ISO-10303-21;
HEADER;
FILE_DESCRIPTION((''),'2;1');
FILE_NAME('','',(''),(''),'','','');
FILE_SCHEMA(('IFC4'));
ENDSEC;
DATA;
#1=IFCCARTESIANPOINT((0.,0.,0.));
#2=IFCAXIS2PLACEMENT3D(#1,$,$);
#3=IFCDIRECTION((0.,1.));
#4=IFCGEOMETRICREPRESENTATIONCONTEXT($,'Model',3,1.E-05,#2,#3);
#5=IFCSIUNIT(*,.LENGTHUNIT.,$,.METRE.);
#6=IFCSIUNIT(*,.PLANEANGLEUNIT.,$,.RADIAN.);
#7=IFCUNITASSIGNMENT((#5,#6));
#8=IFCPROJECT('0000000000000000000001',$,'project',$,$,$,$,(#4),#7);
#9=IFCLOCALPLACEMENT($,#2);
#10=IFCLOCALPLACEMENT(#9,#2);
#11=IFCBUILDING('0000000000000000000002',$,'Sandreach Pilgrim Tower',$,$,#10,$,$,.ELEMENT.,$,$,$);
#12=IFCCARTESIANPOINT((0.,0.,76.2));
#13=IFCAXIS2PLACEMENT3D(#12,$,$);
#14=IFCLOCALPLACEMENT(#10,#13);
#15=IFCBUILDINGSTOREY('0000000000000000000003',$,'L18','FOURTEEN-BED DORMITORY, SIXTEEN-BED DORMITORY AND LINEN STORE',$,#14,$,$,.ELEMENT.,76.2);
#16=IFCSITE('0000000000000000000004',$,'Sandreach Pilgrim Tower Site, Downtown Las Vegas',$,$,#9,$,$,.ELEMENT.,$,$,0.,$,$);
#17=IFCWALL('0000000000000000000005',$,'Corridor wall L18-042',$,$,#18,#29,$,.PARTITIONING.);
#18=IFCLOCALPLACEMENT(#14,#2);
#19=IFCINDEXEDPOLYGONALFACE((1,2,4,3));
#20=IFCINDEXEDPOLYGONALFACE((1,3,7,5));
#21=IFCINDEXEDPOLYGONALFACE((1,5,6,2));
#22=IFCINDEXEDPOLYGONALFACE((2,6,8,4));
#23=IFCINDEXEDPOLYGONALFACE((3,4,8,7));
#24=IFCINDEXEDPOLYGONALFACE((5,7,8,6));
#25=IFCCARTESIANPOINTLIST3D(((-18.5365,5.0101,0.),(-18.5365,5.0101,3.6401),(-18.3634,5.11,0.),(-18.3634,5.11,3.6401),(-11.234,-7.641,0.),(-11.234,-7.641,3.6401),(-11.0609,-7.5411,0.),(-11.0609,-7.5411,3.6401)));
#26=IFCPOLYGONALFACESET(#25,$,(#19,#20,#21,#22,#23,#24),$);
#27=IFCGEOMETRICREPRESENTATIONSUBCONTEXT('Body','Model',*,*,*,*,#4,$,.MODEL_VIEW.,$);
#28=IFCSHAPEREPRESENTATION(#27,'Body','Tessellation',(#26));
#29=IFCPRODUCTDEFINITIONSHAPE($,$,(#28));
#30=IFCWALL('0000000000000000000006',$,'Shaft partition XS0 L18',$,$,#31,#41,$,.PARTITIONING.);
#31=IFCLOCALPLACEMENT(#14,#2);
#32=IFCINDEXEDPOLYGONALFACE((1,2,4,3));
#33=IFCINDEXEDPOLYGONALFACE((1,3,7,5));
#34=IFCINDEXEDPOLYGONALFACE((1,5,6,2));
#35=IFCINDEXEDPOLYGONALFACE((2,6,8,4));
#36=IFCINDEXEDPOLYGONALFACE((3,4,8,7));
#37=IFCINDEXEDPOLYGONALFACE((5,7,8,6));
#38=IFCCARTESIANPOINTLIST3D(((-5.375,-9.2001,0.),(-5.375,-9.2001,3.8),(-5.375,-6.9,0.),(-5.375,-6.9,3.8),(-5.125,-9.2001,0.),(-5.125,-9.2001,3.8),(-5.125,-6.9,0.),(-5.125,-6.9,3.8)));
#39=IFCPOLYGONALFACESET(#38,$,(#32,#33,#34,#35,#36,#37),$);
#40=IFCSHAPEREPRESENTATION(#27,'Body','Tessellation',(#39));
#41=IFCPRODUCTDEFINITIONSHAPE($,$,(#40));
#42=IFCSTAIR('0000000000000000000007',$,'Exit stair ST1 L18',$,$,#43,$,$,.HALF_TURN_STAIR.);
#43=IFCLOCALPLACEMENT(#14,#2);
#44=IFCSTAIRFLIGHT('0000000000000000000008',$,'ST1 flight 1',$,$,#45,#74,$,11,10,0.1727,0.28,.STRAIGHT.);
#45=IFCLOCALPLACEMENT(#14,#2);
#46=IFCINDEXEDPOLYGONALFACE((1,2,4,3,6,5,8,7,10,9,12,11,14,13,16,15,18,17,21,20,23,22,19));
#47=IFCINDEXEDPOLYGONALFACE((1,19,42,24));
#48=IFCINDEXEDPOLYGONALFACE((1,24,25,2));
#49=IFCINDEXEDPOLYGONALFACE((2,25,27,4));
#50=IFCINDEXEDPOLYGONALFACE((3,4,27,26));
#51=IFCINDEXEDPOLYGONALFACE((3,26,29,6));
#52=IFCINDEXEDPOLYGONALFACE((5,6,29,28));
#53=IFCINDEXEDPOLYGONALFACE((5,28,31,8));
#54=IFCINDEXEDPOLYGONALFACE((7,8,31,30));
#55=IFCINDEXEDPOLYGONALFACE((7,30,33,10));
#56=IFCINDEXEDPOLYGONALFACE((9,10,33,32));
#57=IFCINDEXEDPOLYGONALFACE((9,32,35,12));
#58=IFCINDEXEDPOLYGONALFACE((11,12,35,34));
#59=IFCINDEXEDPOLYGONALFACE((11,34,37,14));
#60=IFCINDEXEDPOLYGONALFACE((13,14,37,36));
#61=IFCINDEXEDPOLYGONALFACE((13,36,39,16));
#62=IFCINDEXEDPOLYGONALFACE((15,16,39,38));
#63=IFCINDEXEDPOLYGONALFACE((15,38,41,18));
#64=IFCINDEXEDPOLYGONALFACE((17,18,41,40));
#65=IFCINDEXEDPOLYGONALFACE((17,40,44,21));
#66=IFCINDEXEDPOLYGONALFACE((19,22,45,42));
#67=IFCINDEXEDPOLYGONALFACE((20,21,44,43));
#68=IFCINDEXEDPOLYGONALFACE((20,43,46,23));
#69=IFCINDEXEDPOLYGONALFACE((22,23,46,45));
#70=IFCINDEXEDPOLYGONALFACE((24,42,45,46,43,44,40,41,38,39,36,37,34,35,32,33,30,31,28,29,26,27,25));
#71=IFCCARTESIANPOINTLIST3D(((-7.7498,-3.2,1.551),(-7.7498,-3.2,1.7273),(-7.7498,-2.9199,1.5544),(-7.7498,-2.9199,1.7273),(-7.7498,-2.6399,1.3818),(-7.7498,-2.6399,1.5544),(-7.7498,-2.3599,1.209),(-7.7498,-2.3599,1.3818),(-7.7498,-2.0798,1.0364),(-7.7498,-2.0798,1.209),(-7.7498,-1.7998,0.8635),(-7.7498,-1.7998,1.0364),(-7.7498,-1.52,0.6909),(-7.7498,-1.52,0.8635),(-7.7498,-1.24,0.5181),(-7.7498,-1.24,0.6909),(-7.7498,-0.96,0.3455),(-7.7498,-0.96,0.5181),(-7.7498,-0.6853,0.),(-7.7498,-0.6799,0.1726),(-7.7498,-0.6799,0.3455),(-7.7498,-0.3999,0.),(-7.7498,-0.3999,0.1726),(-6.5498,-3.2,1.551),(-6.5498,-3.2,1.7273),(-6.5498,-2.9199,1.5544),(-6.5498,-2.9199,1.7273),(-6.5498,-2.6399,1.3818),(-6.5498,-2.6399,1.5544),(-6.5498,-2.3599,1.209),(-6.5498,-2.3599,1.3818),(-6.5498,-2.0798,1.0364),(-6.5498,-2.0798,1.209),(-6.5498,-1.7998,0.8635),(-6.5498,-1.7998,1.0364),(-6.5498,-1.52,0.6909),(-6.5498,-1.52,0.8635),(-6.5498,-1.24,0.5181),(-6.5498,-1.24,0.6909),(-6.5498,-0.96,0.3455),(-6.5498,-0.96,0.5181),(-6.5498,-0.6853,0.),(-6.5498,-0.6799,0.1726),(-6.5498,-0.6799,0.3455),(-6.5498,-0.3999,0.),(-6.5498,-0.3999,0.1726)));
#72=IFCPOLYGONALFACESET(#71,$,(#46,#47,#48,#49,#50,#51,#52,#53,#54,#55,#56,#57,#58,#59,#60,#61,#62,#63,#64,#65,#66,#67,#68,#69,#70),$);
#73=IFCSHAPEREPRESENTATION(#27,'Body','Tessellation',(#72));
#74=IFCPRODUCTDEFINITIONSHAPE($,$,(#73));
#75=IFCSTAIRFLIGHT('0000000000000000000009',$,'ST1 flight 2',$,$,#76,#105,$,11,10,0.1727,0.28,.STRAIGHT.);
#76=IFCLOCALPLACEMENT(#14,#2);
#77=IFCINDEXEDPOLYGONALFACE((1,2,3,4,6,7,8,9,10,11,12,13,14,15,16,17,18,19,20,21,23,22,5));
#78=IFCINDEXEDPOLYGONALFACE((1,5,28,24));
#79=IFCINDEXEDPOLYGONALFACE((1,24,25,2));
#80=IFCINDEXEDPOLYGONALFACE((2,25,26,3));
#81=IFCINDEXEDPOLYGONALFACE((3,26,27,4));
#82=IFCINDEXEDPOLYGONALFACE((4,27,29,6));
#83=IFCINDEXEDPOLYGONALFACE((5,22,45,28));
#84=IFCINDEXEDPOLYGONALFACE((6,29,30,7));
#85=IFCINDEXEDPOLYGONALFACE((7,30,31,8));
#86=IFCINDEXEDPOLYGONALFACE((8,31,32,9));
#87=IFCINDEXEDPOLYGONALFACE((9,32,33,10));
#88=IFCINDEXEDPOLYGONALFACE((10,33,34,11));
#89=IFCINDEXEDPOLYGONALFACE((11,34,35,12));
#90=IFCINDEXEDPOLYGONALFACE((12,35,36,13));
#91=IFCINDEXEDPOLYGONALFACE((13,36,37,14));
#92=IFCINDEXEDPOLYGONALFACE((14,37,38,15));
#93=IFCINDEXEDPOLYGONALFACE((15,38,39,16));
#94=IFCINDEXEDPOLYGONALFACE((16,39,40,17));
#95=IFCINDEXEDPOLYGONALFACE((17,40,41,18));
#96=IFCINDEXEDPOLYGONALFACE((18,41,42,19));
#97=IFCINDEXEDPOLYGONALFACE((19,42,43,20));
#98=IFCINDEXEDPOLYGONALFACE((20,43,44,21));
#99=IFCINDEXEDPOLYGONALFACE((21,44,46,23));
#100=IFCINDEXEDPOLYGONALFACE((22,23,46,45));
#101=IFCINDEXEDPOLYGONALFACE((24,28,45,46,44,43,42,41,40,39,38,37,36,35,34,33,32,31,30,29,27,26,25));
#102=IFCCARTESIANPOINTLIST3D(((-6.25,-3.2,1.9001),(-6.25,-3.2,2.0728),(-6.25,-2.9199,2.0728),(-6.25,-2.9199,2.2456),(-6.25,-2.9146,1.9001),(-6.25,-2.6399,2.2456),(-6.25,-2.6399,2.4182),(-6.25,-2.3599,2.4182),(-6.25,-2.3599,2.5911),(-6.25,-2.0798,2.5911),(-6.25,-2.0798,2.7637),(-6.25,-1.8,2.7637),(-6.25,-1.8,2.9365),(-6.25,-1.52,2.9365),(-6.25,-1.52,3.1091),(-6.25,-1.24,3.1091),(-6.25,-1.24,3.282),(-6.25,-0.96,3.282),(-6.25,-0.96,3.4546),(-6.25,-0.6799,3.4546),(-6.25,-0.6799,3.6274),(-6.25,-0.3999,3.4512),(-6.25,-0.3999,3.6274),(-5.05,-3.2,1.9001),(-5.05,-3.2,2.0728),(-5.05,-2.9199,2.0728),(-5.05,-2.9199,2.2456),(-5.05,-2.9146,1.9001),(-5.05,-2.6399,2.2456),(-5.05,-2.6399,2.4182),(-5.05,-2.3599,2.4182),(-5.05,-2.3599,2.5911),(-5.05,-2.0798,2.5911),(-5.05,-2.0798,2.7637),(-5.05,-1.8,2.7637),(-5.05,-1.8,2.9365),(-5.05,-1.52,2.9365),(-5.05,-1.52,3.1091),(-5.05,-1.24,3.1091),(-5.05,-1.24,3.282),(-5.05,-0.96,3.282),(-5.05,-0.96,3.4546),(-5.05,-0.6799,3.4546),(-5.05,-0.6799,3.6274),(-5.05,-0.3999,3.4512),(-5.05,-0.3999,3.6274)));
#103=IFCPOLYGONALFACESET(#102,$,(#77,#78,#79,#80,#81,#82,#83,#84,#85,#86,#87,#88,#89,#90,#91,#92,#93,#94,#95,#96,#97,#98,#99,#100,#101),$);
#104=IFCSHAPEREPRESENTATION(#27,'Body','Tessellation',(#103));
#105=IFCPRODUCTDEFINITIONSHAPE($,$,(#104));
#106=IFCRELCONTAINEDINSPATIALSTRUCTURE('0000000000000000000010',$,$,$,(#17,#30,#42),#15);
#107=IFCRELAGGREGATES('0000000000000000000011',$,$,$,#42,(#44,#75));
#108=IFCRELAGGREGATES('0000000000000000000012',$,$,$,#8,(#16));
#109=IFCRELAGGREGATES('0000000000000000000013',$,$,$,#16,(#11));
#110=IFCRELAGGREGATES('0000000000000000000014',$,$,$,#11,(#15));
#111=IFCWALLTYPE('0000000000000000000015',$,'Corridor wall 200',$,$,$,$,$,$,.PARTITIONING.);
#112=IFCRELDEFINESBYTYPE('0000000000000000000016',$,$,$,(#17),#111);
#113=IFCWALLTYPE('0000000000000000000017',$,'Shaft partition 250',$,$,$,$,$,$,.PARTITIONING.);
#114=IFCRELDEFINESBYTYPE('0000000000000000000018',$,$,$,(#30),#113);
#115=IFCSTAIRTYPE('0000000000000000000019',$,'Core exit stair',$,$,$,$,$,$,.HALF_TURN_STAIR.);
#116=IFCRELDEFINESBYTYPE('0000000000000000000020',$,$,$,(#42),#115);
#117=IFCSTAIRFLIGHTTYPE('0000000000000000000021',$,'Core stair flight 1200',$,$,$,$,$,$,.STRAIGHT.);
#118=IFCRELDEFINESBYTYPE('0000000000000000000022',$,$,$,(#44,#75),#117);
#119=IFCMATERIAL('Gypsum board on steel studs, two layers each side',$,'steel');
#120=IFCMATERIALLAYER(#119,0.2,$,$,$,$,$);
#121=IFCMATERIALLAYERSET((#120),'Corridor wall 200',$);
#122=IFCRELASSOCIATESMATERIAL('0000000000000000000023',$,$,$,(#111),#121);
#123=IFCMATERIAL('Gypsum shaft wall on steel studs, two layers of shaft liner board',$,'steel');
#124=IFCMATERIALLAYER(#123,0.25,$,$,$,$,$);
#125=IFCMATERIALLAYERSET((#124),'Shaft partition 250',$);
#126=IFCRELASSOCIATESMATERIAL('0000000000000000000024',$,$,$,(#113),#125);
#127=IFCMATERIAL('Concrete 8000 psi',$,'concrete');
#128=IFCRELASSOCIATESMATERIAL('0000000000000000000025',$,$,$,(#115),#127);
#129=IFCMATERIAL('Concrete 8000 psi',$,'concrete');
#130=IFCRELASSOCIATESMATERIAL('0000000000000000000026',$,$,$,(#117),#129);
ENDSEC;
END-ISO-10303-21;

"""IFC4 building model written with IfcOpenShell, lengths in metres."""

from ifc_helpers import new_model, si_unit, direction, frame, frame_2d, origin, place, context, subcontext, project, spatial, polyline, rectangle, outline, extrude, material, layer, layer_set, type_object, element, aggregate, save


model = new_model("IFC4")

# Units and contexts
model_context = context("Model", 3, precision=1e-05, world=origin(), true_north=direction((0.0, 1.0)))
body_context = subcontext(model_context, "Body", "Model", "MODEL_VIEW")
ifc_project = project(units=[si_unit("LENGTHUNIT", "METRE"), si_unit("PLANEANGLEUNIT", "RADIAN")], contexts=[model_context])

# Site, building, storey
site_placement = place(None, origin())
site = spatial("IfcSite", under=ifc_project, at=site_placement, Name="Sandreach Pilgrim Tower Site, Downtown Las Vegas", CompositionType="ELEMENT", RefElevation=0.0)
building_placement = place(site_placement, origin())
building = spatial("IfcBuilding", under=site, at=building_placement, Name="Sandreach Pilgrim Tower", CompositionType="ELEMENT")
storey_placement = place(building_placement, frame((0.0, 0.0, 76.2)))
storey = spatial("IfcBuildingStorey", under=building, at=storey_placement, Name="L18", Description="FOURTEEN-BED DORMITORY, SIXTEEN-BED DORMITORY AND LINEN STORE", CompositionType="ELEMENT", Elevation=76.2)

# Shared definitions
ifc_material_1 = material(Name="Gypsum board on steel studs, two layers each side", Category="steel")
ifc_layer_1 = layer(ifc_material_1, 0.2)
ifc_layer_set_1 = layer_set([ifc_layer_1], Name="Corridor wall 200")
wall_type_1 = type_object("IfcWallType", Name="Corridor wall 200", PredefinedType="PARTITIONING", material=ifc_layer_set_1)

# Walls
wall_1_placement = place(storey_placement, frame((-11.1475, -7.5911, 0.0), z_axis=(0.0, 0.0, 1.0), x_axis=(-0.499916, 0.866074, 0.0)))
element("IfcWall", 1, at=wall_1_placement, inside=storey, type_object=wall_type_1, Name="Corridor wall L18-042", PredefinedType="PARTITIONING", context=body_context, shape_type="SweptSolid", body=[
    extrude(rectangle(XDim=14.6074, YDim=0.2, at=frame_2d((7.3037, 0.0))), origin(), (0.0, 0.0, 1.0), 3.6401),
])
ifc_material_2 = material(Name="Gypsum shaft wall on steel studs, two layers of shaft liner board", Category="steel")
ifc_layer_2 = layer(ifc_material_2, 0.25)
ifc_layer_set_2 = layer_set([ifc_layer_2], Name="Shaft partition 250")
wall_type_2 = type_object("IfcWallType", Name="Shaft partition 250", PredefinedType="PARTITIONING", material=ifc_layer_set_2)
wall_2_placement = place(storey_placement, frame((-5.25, -9.2, 0.0), z_axis=(0.0, 0.0, 1.0), x_axis=(0.0, 1.0, 0.0)))
element("IfcWall", 2, at=wall_2_placement, inside=storey, type_object=wall_type_2, Name="Shaft partition XS0 L18", PredefinedType="PARTITIONING", context=body_context, shape_type="SweptSolid", body=[
    extrude(rectangle(XDim=2.3, YDim=0.25, at=frame_2d((1.1499, 0.0))), origin(), (0.0, 0.0, 1.0), 3.8),
])

# Stair, stair flights
ifc_material_3 = material(Name="Concrete 8000 psi", Category="concrete")
stair_type = type_object("IfcStairType", Name="Core exit stair", PredefinedType="HALF_TURN_STAIR", material=ifc_material_3)
stair_placement = place(storey_placement, origin())
stair = element("IfcStair", 3, at=stair_placement, inside=storey, type_object=stair_type, Name="Exit stair ST1 L18", PredefinedType="HALF_TURN_STAIR")
ifc_material_4 = material(Name="Concrete 8000 psi", Category="concrete")
stair_flight_type = type_object("IfcStairFlightType", Name="Core stair flight 1200", PredefinedType="STRAIGHT", material=ifc_material_4)
stair_flight_1_placement = place(storey_placement, frame((-7.1499, -0.3999, 0.0), z_axis=(0.0, 0.0, 1.0), x_axis=(0.0, -1.0, 0.0)))
stair_flight_1 = element("IfcStairFlight", 4, at=stair_flight_1_placement, type_object=stair_flight_type, Name="ST1 flight 1", NumberOfRisers=11, NumberOfTreads=10, PredefinedType="STRAIGHT", RiserHeight=0.1727, TreadLength=0.28, context=body_context, shape_type="SweptSolid", body=[
    extrude(outline(polyline([(0.0, 0.0), (0.0, 0.1726), (0.28, 0.1726), (0.28, 0.3455), (0.5601, 0.3455), (0.5601, 0.5181), (0.8401, 0.5181), (0.8401, 0.6909), (1.1201, 0.6909), (1.1201, 0.8635), (1.3999, 0.8635), (1.3999, 1.0364), (1.6799, 1.0364), (1.6799, 1.209), (1.96, 1.209), (1.96, 1.3818), (2.24, 1.3818), (2.24, 1.5544), (2.52, 1.5544), (2.52, 1.7273), (2.8, 1.7273), (2.8, 1.8999), (2.8, 1.551), (0.2854, 0.0), (0.0, 0.0)])), frame((0.0, 0.6001, 0.0), z_axis=(0.0, -1.0, 0.0), x_axis=(1.0, 0.0, 0.0)), (0.0, 0.0, 1.0), 1.2),
])
stair_flight_2_placement = place(storey_placement, frame((-5.6499, -3.2, 1.9001), z_axis=(0.0, 0.0, 1.0), x_axis=(0.0, 1.0, 0.0)))
stair_flight_2 = element("IfcStairFlight", 5, at=stair_flight_2_placement, type_object=stair_flight_type, Name="ST1 flight 2", NumberOfRisers=11, NumberOfTreads=10, PredefinedType="STRAIGHT", RiserHeight=0.1727, TreadLength=0.28, context=body_context, shape_type="SweptSolid", body=[
    extrude(outline(polyline([(0.0, 0.0), (0.0, 0.1726), (0.28, 0.1726), (0.28, 0.3455), (0.5601, 0.3455), (0.5601, 0.5181), (0.8401, 0.5181), (0.8401, 0.6909), (1.1201, 0.6909), (1.1201, 0.8635), (1.3999, 0.8635), (1.3999, 1.0364), (1.6799, 1.0364), (1.6799, 1.209), (1.96, 1.209), (1.96, 1.3818), (2.24, 1.3818), (2.24, 1.5544), (2.52, 1.5544), (2.52, 1.7273), (2.8, 1.7273), (2.8, 1.8999), (2.8, 1.551), (0.2854, 0.0), (0.0, 0.0)])), frame((0.0, 0.6001, 0.0), z_axis=(0.0, -1.0, 0.0), x_axis=(1.0, 0.0, 0.0)), (0.0, 0.0, 1.0), 1.2),
])
aggregate(stair, [stair_flight_1, stair_flight_2])

save(model, "model.ifc")
